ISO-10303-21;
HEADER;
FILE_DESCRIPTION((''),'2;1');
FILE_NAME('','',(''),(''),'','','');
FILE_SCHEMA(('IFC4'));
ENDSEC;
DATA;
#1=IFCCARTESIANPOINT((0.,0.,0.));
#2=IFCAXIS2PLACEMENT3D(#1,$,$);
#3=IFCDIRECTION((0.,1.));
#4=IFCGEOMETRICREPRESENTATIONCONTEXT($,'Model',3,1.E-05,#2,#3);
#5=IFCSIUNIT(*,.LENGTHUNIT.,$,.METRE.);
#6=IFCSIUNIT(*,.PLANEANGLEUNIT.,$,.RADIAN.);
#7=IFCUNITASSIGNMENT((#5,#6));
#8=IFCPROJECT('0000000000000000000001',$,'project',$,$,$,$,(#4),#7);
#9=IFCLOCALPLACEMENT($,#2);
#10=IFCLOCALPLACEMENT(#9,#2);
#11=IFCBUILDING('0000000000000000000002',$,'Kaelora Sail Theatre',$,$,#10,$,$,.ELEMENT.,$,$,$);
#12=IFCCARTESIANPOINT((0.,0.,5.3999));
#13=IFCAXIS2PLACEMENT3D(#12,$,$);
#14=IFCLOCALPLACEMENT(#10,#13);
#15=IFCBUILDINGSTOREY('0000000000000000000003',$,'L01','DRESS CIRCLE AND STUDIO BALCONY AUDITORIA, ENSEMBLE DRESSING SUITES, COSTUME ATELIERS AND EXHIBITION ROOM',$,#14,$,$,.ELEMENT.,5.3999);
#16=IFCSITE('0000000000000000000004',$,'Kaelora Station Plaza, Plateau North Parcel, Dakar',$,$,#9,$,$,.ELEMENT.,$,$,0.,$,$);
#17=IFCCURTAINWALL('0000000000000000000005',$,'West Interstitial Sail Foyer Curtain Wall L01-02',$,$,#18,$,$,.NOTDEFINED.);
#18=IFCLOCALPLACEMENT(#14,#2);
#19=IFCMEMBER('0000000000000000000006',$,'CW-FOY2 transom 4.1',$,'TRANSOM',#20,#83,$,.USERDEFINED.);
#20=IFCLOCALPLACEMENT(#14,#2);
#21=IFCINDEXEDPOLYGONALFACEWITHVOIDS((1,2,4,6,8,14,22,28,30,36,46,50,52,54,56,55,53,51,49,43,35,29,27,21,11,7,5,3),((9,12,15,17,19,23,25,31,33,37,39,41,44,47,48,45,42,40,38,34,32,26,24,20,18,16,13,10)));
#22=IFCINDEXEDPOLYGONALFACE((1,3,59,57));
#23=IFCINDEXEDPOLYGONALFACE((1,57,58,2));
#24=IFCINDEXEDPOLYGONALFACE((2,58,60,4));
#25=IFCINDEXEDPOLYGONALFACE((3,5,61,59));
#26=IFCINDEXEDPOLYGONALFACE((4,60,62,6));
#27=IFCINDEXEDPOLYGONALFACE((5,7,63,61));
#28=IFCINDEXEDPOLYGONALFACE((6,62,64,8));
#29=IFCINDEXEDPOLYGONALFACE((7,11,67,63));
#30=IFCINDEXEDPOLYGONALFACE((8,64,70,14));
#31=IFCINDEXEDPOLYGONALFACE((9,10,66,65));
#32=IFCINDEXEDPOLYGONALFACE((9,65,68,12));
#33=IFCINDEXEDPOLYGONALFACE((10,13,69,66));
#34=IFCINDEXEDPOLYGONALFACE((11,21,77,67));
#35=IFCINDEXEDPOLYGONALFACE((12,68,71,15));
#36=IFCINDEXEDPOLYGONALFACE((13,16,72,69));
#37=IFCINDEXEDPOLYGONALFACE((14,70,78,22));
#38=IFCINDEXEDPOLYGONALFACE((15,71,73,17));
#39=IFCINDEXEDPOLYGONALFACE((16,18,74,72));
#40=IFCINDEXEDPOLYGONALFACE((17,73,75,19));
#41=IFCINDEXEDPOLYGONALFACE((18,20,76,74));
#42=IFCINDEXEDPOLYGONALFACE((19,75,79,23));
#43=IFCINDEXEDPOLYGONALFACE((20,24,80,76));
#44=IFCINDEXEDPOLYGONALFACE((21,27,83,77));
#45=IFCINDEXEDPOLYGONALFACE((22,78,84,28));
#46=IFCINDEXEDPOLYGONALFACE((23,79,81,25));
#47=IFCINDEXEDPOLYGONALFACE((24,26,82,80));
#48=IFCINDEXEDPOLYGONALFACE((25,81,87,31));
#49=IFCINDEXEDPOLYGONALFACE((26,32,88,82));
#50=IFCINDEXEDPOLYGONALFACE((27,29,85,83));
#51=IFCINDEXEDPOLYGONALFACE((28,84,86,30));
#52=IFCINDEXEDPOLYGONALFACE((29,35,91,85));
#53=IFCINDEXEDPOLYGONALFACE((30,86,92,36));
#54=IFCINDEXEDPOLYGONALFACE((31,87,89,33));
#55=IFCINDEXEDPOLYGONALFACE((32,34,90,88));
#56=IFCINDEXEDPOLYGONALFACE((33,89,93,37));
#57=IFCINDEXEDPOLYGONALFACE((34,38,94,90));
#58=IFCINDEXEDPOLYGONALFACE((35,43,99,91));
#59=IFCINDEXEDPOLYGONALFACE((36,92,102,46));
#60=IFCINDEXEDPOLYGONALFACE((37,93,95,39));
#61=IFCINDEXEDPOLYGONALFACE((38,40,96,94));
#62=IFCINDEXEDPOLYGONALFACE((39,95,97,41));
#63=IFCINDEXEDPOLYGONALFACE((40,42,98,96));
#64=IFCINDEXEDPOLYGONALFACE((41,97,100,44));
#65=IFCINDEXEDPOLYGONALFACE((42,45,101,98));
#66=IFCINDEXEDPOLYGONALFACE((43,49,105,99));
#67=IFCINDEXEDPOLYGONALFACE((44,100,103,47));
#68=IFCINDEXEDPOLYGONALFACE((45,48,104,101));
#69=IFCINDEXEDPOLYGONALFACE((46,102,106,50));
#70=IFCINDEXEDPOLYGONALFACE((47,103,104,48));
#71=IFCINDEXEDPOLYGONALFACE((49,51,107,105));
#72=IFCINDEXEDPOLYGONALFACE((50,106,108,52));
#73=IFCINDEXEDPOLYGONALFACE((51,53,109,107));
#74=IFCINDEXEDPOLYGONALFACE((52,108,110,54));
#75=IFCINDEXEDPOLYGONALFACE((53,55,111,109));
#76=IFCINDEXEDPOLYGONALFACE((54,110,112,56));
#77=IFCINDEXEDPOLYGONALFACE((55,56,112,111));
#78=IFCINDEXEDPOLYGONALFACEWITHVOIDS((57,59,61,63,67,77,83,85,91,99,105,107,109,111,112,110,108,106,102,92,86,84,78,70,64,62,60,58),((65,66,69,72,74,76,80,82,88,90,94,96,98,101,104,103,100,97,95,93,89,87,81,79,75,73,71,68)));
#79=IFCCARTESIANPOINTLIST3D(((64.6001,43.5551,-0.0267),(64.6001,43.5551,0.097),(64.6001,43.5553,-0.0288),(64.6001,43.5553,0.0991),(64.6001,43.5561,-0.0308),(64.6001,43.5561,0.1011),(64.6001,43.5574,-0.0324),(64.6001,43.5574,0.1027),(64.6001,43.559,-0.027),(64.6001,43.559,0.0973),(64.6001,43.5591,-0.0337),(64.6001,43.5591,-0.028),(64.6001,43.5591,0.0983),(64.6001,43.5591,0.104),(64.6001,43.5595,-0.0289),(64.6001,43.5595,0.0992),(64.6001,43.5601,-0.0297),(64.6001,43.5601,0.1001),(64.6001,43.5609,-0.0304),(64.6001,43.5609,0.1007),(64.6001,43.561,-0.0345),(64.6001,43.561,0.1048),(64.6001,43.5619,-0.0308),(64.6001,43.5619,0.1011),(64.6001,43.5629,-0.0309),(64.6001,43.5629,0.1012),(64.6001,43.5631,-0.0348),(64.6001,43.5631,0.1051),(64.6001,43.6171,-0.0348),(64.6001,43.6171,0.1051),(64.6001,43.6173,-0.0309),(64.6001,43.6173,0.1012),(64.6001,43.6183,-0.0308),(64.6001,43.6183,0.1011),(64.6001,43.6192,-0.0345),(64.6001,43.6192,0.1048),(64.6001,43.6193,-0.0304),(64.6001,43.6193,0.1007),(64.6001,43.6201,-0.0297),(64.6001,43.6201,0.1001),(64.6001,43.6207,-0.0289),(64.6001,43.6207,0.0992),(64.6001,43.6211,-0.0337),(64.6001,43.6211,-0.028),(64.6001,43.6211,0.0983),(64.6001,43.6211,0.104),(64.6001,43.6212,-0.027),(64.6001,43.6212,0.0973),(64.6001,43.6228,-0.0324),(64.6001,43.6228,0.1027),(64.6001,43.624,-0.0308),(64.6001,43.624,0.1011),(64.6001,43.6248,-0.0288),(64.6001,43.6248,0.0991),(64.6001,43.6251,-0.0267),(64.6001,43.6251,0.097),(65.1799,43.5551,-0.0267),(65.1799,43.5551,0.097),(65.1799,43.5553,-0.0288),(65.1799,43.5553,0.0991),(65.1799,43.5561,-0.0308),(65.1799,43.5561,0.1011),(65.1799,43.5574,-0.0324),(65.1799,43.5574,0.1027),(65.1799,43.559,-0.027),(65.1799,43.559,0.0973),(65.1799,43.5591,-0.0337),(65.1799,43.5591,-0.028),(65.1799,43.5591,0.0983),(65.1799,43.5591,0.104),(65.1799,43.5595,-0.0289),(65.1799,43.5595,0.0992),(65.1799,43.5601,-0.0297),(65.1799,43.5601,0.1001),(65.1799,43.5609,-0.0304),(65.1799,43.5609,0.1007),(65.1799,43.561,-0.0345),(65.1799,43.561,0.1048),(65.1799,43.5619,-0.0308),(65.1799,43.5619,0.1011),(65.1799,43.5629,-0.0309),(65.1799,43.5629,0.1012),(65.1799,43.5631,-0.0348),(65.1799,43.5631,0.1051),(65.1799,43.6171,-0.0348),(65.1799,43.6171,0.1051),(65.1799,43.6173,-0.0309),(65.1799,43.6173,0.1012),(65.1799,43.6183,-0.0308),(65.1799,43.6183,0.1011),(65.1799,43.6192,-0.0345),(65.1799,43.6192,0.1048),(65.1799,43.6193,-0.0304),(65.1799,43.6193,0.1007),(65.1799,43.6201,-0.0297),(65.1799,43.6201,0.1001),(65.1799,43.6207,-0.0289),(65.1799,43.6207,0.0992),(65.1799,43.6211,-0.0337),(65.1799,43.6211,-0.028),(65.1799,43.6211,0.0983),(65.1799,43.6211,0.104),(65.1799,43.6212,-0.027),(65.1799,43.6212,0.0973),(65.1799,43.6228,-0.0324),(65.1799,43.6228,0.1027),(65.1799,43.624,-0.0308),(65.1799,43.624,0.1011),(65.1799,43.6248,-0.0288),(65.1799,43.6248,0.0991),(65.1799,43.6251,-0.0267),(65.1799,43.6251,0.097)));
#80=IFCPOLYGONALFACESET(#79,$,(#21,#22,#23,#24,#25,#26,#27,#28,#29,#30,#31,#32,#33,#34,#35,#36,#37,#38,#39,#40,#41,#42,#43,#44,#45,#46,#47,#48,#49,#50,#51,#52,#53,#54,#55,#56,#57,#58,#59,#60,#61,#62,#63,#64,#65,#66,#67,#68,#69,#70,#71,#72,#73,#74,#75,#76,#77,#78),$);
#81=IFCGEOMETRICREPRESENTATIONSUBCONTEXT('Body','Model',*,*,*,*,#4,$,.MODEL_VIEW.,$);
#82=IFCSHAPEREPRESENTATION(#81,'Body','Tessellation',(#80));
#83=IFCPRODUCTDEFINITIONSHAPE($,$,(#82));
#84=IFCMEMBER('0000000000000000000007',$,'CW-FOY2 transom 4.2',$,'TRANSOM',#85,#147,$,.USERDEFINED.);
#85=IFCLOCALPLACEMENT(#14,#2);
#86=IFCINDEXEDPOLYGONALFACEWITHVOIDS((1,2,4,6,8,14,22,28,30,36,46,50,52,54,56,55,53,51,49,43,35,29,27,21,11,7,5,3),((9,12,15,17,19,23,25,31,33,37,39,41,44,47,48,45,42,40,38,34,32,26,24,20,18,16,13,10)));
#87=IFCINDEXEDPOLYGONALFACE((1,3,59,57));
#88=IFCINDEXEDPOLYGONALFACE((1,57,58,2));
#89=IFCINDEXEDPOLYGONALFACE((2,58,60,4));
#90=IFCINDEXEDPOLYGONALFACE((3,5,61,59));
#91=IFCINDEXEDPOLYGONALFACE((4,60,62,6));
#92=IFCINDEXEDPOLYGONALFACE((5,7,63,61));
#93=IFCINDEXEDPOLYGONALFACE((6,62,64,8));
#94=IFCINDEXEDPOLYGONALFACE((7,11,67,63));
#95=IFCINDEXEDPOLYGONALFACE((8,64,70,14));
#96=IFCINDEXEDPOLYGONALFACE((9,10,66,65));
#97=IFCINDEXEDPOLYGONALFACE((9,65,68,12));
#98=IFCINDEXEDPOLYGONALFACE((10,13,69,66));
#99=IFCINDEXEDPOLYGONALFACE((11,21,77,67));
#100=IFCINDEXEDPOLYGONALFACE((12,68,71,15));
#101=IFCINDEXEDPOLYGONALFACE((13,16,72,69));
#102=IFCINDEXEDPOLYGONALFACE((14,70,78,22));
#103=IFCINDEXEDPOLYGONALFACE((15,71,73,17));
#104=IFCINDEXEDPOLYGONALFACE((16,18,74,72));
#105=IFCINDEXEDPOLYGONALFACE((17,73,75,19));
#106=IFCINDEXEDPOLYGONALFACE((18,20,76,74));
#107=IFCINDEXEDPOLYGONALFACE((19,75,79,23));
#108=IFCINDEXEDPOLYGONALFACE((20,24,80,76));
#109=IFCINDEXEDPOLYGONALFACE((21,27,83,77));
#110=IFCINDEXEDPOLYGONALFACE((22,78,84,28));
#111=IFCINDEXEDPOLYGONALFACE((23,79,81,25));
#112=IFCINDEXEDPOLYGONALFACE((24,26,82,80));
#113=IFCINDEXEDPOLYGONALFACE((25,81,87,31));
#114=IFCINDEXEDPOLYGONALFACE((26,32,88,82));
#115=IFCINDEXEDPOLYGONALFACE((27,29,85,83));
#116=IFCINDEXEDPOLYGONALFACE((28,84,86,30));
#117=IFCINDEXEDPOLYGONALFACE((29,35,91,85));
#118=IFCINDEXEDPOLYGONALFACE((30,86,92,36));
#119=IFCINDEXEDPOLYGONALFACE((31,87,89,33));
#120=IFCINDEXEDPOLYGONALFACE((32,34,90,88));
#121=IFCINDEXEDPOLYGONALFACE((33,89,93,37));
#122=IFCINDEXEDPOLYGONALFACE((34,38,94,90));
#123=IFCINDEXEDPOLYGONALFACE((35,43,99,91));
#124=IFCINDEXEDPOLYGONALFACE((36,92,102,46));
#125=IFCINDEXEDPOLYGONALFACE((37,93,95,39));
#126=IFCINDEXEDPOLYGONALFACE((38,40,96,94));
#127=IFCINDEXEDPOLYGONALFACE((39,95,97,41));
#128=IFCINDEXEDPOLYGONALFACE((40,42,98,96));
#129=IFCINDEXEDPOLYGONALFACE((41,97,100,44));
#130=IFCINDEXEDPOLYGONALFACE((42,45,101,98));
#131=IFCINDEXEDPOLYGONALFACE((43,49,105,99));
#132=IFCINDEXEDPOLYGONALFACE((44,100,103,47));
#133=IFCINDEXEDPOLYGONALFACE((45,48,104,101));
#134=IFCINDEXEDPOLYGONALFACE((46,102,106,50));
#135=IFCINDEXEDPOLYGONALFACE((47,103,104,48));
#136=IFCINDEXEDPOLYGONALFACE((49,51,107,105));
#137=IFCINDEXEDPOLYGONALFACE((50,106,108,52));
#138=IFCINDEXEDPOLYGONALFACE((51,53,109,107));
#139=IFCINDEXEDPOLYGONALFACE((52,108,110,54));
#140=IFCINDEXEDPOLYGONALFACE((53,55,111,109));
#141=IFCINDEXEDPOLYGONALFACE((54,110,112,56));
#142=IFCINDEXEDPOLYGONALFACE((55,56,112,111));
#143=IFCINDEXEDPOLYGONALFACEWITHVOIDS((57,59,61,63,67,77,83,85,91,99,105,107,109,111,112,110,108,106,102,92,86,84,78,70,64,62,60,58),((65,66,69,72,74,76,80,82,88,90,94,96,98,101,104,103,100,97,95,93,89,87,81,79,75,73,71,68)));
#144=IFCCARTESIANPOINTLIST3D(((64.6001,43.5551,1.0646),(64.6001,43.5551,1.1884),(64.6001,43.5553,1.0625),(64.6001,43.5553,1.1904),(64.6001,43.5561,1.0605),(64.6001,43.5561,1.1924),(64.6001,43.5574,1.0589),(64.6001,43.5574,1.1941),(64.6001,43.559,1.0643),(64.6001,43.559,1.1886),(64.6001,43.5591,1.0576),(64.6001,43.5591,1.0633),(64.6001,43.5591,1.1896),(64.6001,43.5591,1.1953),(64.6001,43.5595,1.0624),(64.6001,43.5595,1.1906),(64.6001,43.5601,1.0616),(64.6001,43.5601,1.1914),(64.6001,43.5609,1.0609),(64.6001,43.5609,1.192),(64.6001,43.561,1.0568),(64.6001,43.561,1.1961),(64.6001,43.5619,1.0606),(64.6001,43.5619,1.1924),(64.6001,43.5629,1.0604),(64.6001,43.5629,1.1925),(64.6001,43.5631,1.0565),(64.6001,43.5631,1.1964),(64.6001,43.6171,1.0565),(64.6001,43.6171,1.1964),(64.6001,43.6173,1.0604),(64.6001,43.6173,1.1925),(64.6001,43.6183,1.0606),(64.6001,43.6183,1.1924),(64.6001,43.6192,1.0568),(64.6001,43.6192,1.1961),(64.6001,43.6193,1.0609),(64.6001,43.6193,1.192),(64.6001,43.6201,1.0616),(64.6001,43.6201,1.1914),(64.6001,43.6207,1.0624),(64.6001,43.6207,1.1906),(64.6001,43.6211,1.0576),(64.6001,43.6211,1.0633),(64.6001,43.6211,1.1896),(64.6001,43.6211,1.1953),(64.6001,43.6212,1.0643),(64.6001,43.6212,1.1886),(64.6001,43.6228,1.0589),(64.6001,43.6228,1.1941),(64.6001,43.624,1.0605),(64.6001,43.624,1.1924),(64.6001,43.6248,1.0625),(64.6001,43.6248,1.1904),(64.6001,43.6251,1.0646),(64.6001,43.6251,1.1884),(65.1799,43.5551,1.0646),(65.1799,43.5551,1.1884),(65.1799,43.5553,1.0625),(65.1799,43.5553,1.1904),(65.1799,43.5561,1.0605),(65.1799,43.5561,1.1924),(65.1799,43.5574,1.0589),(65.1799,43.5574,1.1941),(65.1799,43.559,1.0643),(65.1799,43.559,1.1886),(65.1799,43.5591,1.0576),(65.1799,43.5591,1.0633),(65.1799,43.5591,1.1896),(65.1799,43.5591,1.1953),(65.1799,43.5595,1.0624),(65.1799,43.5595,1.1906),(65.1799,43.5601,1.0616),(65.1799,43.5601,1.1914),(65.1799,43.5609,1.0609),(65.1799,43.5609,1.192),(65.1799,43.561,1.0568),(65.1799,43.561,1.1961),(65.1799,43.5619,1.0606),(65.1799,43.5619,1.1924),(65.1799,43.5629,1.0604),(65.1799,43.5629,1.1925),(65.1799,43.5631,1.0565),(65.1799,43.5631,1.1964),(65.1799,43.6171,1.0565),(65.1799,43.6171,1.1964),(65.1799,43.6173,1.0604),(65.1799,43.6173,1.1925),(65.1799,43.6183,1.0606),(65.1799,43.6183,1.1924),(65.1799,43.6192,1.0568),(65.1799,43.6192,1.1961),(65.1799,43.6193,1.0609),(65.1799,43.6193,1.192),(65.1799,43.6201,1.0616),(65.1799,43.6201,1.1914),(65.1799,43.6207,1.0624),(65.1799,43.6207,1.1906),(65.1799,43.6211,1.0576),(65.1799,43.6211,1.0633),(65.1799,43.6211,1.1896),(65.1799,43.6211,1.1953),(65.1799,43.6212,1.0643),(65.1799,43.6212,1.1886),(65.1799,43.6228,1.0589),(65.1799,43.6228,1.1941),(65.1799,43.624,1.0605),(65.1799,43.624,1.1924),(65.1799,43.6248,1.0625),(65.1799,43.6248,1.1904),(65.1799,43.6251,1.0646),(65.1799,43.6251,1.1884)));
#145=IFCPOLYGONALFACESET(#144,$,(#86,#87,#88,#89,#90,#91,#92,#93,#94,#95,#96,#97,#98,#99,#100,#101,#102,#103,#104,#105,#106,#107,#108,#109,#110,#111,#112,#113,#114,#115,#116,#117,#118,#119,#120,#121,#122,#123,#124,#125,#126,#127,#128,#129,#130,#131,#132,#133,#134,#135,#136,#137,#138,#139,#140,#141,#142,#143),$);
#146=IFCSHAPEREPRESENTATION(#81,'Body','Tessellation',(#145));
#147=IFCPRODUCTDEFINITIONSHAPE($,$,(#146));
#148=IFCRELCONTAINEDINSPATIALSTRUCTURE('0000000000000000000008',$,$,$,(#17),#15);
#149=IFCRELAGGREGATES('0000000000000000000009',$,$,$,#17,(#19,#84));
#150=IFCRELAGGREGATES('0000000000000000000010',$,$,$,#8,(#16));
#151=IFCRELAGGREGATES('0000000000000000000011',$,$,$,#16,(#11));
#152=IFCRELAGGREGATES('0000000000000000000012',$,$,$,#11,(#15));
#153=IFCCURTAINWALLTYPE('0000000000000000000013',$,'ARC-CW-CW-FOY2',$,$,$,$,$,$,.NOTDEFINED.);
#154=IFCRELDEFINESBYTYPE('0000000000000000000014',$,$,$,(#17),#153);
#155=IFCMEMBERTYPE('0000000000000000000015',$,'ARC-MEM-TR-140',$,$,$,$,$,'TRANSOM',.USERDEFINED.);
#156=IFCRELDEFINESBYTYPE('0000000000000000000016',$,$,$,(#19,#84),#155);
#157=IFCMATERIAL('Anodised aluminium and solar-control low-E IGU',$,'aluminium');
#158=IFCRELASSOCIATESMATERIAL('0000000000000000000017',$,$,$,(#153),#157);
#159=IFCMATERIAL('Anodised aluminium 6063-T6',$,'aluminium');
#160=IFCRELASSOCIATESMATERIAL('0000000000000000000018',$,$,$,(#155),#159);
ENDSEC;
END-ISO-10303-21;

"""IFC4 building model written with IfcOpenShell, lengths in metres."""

from ifc_helpers import new_model, si_unit, direction, frame, origin, origin_2d, place, context, subcontext, project, spatial, hollow_rectangle, extrude, material, material_profile, profile_set, type_object, element, aggregate, save


model = new_model("IFC4")

# Units and contexts
model_context = context("Model", 3, precision=1e-05, world=origin(), true_north=direction((0.0, 1.0)))
body_context = subcontext(model_context, "Body", "Model", "MODEL_VIEW")
ifc_project = project(units=[si_unit("LENGTHUNIT", "METRE"), si_unit("PLANEANGLEUNIT", "RADIAN")], contexts=[model_context])

# Site, building, storey
site_placement = place(None, origin())
site = spatial("IfcSite", under=ifc_project, at=site_placement, Name="Kaelora Station Plaza, Plateau North Parcel, Dakar", CompositionType="ELEMENT", RefElevation=0.0)
building_placement = place(site_placement, origin())
building = spatial("IfcBuilding", under=site, at=building_placement, Name="Kaelora Sail Theatre", CompositionType="ELEMENT")
storey_placement = place(building_placement, frame((0.0, 0.0, 5.3999)))
storey = spatial("IfcBuildingStorey", under=building, at=storey_placement, Name="L01", Description="DRESS CIRCLE AND STUDIO BALCONY AUDITORIA, ENSEMBLE DRESSING SUITES, COSTUME ATELIERS AND EXHIBITION ROOM", CompositionType="ELEMENT", Elevation=5.3999)

# Curtain wall
ifc_material_1 = material(Name="Anodised aluminium and solar-control low-E IGU", Category="aluminium")
curtain_wall_type = type_object("IfcCurtainWallType", Name="ARC-CW-CW-FOY2", PredefinedType="NOTDEFINED", material=ifc_material_1)
curtain_wall_1_placement = place(storey_placement, origin())
curtain_wall_1 = element("IfcCurtainWall", 1, at=curtain_wall_1_placement, inside=storey, type_object=curtain_wall_type, Name="West Interstitial Sail Foyer Curtain Wall L01-02", PredefinedType="NOTDEFINED")

# Members
ifc_material_2 = material(Name="Anodised aluminium 6063-T6", Category="aluminium")
ifc_material_profile_1 = material_profile(ifc_material_2, hollow_rectangle(XDim=0.0701, YDim=0.1399, WallThickness=0.0039, InnerFilletRadius=0.0039, OuterFilletRadius=0.0081, at=origin_2d()), Name="ALU-TRAN 70x140x4")
ifc_profile_set_1 = profile_set([ifc_material_profile_1], Name="Anodised aluminium 6063-T6")
member_type_1 = type_object("IfcMemberType", Name="ARC-MEM-TR-140", ElementType="TRANSOM", PredefinedType="USERDEFINED", material=ifc_profile_set_1)
member_1_placement = place(storey_placement, frame((64.6001, 43.5901, 0.0352), z_axis=(1.0, 0.0, 0.0), x_axis=(0.0, 1.0, 0.0)))
member_1 = element("IfcMember", 2, at=member_1_placement, type_object=member_type_1, Name="CW-FOY2 transom 4.1", ObjectType="TRANSOM", PredefinedType="USERDEFINED", context=body_context, shape_type="SweptSolid", body=[
    extrude(hollow_rectangle(XDim=0.0701, YDim=0.1399, WallThickness=0.0039, InnerFilletRadius=0.0039, OuterFilletRadius=0.0081, at=origin_2d()), origin(), (0.0, 0.0, 1.0), 0.5798),
])
member_2_placement = place(storey_placement, frame((64.6001, 43.5901, 1.1265), z_axis=(1.0, 0.0, 0.0), x_axis=(0.0, 1.0, 0.0)))
member_2 = element("IfcMember", 3, at=member_2_placement, type_object=member_type_1, Name="CW-FOY2 transom 4.2", ObjectType="TRANSOM", PredefinedType="USERDEFINED", context=body_context, shape_type="SweptSolid", body=[
    extrude(hollow_rectangle(XDim=0.0701, YDim=0.1399, WallThickness=0.0039, InnerFilletRadius=0.0039, OuterFilletRadius=0.0081, at=origin_2d()), origin(), (0.0, 0.0, 1.0), 0.5798),
])

aggregate(curtain_wall_1, [member_1, member_2])

save(model, "model.ifc")
